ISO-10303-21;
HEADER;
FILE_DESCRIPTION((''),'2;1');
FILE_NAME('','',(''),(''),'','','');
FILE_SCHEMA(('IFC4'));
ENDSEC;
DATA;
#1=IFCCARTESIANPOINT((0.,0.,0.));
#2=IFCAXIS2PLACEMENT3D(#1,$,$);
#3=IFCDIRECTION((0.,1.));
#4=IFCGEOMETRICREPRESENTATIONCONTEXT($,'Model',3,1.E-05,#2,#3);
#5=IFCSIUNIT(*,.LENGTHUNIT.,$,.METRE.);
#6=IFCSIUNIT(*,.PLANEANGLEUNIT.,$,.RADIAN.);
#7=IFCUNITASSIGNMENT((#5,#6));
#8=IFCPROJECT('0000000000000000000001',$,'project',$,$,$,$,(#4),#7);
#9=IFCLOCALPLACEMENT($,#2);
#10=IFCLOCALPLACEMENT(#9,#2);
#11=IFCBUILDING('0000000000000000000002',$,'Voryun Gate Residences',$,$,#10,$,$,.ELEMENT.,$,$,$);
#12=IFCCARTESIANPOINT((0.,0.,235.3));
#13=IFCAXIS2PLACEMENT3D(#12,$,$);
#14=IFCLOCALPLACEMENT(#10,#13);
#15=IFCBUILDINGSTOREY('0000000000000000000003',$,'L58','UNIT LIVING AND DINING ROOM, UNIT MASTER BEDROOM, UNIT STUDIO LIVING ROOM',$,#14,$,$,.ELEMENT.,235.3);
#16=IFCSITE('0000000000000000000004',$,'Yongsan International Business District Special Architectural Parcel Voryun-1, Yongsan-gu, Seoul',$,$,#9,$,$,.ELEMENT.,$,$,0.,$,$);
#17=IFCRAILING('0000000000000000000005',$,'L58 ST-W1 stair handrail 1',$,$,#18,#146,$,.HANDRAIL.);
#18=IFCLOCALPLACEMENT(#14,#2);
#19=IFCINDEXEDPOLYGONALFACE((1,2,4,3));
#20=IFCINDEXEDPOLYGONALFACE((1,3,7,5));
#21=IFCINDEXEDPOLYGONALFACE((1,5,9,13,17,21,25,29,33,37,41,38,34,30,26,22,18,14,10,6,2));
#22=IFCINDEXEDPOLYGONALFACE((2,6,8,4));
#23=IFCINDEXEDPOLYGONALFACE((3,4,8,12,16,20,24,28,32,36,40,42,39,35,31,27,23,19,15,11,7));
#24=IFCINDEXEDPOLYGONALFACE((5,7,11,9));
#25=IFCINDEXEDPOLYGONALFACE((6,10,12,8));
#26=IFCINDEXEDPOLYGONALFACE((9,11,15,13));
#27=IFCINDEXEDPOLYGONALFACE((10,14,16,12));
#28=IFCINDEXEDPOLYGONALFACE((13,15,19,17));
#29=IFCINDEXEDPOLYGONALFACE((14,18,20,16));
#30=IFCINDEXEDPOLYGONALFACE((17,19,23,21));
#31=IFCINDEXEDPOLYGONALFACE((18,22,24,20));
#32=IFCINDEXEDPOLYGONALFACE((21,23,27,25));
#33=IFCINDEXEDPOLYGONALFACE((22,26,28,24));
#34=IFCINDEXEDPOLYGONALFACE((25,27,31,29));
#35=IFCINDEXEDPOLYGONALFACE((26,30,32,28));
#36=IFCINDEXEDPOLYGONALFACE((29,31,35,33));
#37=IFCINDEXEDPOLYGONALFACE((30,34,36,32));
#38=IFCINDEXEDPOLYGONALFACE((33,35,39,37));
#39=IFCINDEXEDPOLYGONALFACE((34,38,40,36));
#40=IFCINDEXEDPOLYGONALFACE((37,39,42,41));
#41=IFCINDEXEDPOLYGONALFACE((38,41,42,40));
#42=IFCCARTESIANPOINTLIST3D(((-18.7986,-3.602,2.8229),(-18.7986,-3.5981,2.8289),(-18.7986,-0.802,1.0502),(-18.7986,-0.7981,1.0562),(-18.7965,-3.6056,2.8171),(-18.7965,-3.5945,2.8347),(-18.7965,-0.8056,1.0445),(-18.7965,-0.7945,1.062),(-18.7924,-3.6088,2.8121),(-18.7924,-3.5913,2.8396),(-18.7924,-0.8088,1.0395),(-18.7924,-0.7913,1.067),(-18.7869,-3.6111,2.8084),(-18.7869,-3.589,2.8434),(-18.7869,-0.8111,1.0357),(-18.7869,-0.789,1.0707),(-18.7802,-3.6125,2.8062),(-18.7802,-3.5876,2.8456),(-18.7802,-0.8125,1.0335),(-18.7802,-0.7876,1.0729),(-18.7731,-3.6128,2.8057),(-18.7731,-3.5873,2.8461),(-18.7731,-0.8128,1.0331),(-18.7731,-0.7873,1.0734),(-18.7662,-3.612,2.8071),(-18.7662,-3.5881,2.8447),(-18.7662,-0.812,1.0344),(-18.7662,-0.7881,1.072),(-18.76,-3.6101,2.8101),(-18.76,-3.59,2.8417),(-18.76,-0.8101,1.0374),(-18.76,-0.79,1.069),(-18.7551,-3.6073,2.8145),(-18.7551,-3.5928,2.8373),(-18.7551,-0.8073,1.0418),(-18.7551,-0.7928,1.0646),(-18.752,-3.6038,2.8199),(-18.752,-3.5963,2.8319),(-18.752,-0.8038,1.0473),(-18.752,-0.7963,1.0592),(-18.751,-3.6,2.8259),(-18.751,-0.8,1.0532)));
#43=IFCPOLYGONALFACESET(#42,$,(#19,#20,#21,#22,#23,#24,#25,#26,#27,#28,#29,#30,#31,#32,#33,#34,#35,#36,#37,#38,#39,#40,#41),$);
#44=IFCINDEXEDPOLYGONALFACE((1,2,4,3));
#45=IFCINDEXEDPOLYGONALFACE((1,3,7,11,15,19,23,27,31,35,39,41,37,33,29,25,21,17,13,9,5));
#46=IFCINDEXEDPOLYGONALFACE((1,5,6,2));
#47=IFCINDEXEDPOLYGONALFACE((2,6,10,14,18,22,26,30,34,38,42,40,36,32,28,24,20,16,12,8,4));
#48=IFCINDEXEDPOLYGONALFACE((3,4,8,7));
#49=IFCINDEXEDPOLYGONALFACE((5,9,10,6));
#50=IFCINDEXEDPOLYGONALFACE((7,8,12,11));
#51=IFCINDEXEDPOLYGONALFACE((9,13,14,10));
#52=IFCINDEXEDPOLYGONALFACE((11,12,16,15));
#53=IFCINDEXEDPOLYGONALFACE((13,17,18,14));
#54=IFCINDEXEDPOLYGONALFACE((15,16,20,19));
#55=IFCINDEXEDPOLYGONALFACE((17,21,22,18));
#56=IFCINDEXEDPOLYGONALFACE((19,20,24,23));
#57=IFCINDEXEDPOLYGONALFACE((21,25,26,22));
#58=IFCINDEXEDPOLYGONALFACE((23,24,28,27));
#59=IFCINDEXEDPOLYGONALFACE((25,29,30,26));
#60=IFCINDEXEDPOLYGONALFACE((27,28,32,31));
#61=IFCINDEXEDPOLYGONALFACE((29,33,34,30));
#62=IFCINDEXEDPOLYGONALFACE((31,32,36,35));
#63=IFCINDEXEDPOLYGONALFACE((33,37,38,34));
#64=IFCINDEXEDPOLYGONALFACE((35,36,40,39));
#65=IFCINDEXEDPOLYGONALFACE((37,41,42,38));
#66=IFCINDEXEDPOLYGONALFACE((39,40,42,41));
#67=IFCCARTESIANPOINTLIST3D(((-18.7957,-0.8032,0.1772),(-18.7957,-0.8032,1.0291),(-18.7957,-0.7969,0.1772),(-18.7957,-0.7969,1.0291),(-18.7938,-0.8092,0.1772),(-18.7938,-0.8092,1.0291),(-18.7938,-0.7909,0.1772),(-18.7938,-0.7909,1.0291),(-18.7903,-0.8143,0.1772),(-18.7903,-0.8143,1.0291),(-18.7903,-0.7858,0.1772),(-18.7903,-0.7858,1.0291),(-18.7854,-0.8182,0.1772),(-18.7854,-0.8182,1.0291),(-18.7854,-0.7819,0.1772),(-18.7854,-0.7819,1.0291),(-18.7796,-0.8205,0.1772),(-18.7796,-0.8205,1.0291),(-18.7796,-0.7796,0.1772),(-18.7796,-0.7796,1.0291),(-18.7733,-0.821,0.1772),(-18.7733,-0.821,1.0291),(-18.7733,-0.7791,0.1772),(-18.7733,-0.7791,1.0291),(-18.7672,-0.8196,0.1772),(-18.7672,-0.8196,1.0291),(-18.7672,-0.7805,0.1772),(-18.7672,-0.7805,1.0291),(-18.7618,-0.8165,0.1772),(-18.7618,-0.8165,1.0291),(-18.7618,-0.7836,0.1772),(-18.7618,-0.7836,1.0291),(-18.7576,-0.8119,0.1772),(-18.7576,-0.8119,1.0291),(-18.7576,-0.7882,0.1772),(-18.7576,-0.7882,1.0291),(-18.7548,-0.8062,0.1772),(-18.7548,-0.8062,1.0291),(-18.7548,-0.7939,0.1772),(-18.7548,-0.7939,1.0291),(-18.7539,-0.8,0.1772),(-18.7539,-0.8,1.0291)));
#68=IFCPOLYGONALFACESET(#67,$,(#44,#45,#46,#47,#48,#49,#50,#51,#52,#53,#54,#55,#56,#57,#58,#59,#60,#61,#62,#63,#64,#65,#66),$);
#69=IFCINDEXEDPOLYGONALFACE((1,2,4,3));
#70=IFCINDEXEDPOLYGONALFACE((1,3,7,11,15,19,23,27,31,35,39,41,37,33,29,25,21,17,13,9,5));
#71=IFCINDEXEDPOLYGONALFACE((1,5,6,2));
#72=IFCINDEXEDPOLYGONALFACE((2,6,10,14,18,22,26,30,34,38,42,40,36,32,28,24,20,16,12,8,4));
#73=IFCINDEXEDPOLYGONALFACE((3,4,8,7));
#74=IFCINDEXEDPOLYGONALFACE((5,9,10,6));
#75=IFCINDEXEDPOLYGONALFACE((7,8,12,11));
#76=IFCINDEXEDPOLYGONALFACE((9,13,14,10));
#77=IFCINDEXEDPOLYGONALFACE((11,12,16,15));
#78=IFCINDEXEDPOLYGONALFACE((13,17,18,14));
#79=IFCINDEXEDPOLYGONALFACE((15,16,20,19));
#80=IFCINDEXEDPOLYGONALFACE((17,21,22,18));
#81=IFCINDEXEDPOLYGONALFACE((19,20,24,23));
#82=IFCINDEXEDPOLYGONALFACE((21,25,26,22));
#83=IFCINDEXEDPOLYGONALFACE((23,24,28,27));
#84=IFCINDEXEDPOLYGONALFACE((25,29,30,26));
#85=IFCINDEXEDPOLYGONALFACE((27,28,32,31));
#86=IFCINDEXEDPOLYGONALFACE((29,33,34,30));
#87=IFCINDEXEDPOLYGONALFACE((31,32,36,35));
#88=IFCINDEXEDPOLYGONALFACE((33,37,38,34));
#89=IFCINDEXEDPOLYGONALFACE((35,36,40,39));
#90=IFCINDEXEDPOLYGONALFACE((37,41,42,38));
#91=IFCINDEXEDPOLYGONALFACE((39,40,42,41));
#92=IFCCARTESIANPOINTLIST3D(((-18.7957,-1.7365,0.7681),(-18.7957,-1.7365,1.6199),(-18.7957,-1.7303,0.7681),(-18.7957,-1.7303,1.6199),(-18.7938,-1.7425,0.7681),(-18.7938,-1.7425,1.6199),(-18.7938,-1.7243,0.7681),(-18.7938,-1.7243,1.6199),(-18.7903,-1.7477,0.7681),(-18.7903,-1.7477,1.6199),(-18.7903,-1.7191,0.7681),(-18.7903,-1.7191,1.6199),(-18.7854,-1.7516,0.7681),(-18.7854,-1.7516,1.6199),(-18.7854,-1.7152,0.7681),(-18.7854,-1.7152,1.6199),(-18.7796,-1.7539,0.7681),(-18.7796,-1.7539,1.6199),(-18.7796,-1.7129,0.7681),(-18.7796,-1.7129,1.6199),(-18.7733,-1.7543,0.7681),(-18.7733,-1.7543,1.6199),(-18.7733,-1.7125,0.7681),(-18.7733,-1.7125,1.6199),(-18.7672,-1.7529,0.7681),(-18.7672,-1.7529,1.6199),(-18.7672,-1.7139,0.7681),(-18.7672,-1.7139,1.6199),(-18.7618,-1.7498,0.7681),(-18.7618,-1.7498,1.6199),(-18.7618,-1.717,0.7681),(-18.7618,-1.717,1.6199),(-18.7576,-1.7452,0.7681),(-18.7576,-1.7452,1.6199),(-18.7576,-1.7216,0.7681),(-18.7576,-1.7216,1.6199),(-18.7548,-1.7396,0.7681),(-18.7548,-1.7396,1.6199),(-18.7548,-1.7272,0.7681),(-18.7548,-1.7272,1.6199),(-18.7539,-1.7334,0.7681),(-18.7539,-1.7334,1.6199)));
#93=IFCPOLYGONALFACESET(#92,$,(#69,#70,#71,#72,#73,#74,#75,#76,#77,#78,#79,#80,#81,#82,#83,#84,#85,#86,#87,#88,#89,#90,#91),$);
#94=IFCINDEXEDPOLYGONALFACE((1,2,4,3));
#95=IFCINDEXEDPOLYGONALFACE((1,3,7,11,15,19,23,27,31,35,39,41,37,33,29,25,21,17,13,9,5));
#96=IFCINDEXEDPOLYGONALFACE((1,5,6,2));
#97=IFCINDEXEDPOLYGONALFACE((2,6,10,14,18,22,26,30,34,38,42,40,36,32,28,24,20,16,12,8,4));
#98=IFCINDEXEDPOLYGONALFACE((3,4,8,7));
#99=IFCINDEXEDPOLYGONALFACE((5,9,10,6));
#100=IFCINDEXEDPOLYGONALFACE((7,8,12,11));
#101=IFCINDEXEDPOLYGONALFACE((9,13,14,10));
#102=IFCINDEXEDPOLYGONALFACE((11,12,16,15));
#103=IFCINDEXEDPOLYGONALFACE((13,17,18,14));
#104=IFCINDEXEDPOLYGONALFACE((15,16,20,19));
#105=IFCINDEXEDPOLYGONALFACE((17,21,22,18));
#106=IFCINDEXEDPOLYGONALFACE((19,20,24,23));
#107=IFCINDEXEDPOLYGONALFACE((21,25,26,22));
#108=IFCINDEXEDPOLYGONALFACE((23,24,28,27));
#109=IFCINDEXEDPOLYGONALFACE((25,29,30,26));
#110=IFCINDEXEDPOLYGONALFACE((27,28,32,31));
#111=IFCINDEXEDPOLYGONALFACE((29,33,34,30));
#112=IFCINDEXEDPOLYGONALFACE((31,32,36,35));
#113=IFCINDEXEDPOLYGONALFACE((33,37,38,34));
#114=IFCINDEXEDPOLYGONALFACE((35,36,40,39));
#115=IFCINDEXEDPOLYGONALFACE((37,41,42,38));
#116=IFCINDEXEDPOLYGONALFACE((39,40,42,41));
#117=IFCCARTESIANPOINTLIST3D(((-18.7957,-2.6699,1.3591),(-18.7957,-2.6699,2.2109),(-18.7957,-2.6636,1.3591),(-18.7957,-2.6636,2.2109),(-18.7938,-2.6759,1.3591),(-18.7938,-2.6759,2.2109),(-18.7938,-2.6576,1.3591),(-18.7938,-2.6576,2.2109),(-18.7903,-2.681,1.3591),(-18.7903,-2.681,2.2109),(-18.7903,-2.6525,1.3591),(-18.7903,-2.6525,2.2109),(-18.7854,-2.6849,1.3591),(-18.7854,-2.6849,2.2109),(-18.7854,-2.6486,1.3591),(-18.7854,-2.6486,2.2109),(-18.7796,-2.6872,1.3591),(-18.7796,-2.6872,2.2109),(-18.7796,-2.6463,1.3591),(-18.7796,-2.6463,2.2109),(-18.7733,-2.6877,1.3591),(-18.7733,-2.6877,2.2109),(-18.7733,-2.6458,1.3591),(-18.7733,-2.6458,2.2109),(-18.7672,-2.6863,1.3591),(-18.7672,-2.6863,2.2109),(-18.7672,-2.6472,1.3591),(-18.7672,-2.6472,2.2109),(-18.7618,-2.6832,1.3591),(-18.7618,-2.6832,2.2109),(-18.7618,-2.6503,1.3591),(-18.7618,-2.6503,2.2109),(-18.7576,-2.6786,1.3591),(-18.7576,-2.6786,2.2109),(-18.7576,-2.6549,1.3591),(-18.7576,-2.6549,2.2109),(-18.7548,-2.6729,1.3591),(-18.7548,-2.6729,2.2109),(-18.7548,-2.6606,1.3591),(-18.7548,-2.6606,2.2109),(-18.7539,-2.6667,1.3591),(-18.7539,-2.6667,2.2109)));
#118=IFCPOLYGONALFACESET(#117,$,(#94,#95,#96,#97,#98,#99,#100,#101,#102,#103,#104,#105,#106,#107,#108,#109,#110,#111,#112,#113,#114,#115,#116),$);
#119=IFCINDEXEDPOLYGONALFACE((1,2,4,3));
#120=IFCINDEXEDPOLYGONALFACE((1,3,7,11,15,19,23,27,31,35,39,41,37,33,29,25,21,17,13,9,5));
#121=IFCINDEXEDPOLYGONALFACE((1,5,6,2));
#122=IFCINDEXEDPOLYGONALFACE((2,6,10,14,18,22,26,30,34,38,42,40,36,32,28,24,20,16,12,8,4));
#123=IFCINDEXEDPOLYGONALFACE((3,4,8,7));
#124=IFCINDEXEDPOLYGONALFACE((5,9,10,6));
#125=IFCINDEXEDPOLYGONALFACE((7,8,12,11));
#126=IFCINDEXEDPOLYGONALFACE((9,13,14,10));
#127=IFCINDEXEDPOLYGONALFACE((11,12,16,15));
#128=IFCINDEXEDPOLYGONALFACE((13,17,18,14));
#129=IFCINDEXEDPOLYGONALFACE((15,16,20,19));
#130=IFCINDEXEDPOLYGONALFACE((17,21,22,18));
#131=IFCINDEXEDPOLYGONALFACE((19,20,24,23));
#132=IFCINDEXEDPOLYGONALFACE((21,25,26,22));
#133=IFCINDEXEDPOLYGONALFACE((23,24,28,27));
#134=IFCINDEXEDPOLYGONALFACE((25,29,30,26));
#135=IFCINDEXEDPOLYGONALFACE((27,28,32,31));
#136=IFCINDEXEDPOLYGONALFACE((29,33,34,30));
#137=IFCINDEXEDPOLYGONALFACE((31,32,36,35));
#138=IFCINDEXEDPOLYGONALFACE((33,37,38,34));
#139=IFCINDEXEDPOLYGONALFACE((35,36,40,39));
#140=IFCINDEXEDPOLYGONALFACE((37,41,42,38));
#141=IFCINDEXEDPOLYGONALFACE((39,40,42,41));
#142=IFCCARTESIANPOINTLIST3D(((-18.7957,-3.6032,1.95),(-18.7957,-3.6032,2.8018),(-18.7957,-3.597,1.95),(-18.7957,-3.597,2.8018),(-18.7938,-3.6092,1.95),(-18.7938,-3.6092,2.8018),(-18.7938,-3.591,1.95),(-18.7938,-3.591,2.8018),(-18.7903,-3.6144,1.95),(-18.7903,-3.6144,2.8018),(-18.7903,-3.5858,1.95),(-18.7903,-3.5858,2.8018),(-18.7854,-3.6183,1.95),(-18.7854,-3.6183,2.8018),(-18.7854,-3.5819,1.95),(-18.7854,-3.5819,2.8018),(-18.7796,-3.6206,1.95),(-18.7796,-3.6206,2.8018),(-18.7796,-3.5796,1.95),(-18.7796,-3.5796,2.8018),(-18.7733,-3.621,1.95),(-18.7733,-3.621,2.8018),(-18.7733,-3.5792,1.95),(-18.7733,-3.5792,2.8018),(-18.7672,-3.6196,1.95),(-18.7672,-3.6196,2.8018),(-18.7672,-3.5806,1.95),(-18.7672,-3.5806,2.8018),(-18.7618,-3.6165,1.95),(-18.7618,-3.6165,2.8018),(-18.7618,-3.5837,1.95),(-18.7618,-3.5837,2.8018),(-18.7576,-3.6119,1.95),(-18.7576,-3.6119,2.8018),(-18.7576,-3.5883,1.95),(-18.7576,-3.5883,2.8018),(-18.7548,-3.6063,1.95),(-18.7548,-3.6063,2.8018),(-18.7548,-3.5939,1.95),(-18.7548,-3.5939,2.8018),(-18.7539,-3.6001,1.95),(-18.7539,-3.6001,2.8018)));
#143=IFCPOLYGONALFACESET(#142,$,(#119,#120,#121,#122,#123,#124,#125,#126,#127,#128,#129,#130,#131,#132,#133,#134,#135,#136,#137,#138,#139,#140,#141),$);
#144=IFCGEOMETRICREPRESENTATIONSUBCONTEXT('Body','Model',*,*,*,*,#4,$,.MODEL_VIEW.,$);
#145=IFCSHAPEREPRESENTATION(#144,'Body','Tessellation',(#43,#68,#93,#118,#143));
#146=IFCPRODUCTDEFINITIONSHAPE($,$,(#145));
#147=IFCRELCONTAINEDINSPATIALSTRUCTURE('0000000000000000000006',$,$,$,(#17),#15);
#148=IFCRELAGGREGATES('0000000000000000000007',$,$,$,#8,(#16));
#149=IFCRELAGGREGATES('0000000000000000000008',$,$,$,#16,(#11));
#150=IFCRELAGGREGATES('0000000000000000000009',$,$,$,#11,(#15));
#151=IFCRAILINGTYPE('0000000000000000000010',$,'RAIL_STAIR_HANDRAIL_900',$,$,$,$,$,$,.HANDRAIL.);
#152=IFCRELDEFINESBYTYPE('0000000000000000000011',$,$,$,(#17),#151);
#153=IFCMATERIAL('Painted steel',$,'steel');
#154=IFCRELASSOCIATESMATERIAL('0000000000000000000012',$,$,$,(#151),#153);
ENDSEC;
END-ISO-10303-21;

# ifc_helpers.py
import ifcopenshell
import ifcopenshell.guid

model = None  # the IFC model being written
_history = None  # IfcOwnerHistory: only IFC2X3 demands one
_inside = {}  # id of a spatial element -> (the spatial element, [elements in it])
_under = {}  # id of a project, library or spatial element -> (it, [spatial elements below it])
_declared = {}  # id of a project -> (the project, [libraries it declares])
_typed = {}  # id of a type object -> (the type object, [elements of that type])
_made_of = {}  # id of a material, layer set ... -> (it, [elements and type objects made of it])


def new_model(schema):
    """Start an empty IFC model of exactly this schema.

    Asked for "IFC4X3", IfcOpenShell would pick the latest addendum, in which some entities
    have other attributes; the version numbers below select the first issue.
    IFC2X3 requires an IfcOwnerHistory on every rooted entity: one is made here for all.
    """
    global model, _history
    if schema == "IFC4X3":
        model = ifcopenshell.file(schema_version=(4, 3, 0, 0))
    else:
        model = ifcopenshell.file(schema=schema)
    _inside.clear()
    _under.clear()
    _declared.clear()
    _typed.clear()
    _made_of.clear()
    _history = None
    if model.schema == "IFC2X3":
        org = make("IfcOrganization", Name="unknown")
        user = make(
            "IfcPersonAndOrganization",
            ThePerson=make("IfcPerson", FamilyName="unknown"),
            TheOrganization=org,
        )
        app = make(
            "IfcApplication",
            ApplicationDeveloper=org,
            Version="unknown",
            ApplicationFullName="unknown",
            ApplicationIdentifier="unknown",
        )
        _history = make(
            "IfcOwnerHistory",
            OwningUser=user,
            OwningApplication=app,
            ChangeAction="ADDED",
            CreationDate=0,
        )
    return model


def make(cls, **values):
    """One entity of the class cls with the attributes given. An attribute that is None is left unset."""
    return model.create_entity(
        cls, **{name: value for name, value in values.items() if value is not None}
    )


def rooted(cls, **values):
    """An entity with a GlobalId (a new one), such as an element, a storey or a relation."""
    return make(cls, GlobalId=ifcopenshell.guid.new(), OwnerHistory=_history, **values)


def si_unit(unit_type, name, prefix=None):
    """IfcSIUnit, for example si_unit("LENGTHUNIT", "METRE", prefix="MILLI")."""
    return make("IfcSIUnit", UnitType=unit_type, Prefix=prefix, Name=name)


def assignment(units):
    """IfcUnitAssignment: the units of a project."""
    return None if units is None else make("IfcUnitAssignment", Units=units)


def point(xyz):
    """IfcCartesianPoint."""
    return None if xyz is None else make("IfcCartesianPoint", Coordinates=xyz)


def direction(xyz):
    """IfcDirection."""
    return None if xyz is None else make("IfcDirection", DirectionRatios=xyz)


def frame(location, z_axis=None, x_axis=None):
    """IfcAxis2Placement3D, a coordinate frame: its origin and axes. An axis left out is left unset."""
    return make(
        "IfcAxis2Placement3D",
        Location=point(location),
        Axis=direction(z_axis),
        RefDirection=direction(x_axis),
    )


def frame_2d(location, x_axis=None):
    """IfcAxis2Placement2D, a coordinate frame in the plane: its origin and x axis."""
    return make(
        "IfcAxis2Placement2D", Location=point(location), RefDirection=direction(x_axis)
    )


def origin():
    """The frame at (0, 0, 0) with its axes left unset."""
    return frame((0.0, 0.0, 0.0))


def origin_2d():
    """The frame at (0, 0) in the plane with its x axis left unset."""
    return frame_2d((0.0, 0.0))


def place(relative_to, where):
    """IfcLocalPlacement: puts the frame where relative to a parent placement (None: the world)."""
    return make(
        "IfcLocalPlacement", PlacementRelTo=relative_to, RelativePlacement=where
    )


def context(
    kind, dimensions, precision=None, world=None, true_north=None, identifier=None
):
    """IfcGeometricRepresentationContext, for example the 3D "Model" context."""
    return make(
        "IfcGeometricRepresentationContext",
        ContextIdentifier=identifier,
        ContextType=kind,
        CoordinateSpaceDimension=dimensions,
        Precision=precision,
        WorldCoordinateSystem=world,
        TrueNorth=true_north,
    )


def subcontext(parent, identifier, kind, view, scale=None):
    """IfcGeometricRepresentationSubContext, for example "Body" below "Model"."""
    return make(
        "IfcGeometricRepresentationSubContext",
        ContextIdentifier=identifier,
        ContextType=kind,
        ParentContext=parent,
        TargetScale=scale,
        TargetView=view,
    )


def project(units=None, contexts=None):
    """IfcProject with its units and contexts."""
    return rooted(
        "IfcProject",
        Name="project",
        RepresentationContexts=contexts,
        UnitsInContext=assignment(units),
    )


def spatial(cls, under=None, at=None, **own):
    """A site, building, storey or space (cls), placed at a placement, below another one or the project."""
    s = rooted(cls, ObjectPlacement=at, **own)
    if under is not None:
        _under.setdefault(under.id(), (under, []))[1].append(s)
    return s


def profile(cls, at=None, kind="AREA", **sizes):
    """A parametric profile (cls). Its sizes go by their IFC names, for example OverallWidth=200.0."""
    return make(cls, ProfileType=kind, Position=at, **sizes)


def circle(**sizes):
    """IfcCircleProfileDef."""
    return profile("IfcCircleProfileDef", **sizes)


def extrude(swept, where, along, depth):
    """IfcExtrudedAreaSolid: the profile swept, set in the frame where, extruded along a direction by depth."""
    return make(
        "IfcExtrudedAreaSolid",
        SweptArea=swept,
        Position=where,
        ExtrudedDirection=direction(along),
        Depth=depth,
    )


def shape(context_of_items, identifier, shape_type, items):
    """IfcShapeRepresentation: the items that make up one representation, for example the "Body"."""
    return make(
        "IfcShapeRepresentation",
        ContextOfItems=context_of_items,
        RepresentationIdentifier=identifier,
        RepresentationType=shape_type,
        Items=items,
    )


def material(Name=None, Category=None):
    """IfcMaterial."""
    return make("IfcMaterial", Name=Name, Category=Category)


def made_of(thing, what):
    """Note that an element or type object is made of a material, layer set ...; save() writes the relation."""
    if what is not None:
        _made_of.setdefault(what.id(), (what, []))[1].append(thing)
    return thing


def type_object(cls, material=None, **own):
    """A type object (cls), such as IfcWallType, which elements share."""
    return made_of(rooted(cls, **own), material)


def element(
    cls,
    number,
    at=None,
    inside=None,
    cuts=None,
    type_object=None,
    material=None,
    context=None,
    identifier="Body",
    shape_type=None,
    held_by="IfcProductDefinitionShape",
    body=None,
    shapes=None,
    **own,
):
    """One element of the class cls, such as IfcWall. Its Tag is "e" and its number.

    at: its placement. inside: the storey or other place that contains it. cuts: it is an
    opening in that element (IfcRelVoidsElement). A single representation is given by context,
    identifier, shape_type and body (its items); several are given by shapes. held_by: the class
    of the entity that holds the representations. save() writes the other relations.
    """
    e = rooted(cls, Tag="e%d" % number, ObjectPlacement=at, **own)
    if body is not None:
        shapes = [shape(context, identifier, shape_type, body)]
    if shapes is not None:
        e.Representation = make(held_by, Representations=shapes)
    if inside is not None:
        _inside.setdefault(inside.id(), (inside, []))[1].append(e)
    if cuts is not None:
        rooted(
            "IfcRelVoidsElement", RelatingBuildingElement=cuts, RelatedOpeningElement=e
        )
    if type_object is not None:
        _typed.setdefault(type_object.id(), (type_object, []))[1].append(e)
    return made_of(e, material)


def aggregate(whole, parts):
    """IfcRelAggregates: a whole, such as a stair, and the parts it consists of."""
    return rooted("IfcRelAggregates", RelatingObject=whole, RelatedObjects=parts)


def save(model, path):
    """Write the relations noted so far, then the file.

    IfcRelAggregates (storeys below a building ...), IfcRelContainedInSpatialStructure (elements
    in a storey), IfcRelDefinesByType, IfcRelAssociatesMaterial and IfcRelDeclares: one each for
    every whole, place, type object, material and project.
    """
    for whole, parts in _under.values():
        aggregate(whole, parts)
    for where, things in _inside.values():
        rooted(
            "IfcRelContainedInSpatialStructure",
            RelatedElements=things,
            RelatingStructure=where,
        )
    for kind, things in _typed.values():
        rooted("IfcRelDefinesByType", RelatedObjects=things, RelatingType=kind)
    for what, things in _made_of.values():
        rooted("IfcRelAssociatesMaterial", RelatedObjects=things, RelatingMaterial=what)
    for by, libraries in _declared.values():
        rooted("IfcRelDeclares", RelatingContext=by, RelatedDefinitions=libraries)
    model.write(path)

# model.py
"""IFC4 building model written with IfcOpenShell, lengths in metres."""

from ifc_helpers import new_model, si_unit, direction, frame, origin, origin_2d, place, context, subcontext, project, spatial, circle, extrude, material, type_object, element, save


model = new_model("IFC4")

# Units and contexts
model_context = context("Model", 3, precision=1e-05, world=origin(), true_north=direction((0.0, 1.0)))
body_context = subcontext(model_context, "Body", "Model", "MODEL_VIEW")
ifc_project = project(units=[si_unit("LENGTHUNIT", "METRE"), si_unit("PLANEANGLEUNIT", "RADIAN")], contexts=[model_context])

# Site, building, storey
site_placement = place(None, origin())
site = spatial("IfcSite", under=ifc_project, at=site_placement, Name="Yongsan International Business District Special Architectural Parcel Voryun-1, Yongsan-gu, Seoul", CompositionType="ELEMENT", RefElevation=0.0)
building_placement = place(site_placement, origin())
building = spatial("IfcBuilding", under=site, at=building_placement, Name="Voryun Gate Residences", CompositionType="ELEMENT")
storey_placement = place(building_placement, frame((0.0, 0.0, 235.3)))
storey = spatial("IfcBuildingStorey", under=building, at=storey_placement, Name="L58", Description="UNIT LIVING AND DINING ROOM, UNIT MASTER BEDROOM, UNIT STUDIO LIVING ROOM", CompositionType="ELEMENT", Elevation=235.3)

# Railing
ifc_material_1 = material(Name="Painted steel", Category="steel")
railing_type_1 = type_object("IfcRailingType", Name="RAIL_STAIR_HANDRAIL_900", PredefinedType="HANDRAIL", material=ifc_material_1)
railing_1_placement = place(storey_placement, frame((-18.7749, -0.8, 0.1772)))
element("IfcRailing", 1, at=railing_1_placement, inside=storey, type_object=railing_type_1, Name="L58 ST-W1 stair handrail 1", PredefinedType="HANDRAIL", context=body_context, shape_type="SweptSolid", body=[
    extrude(circle(Radius=0.0239, at=origin_2d()), frame((0.0, 0.0, 0.876), z_axis=(0.0, -0.844909, 0.53491), x_axis=(1.0, 0.0, 0.0)), (0.0, 0.0, 1.0), 3.314),
    extrude(circle(Radius=0.021, at=origin_2d()), origin(), (0.0, 0.0, 1.0), 0.8518),
    extrude(circle(Radius=0.021, at=origin_2d()), frame((0.0, -0.9333, 0.5908)), (0.0, 0.0, 1.0), 0.8518),
    extrude(circle(Radius=0.021, at=origin_2d()), frame((0.0, -1.8667, 1.1819)), (0.0, 0.0, 1.0), 0.8518),
    extrude(circle(Radius=0.021, at=origin_2d()), frame((0.0, -2.8, 1.7727)), (0.0, 0.0, 1.0), 0.8518),
])

save(model, "model.ifc")
